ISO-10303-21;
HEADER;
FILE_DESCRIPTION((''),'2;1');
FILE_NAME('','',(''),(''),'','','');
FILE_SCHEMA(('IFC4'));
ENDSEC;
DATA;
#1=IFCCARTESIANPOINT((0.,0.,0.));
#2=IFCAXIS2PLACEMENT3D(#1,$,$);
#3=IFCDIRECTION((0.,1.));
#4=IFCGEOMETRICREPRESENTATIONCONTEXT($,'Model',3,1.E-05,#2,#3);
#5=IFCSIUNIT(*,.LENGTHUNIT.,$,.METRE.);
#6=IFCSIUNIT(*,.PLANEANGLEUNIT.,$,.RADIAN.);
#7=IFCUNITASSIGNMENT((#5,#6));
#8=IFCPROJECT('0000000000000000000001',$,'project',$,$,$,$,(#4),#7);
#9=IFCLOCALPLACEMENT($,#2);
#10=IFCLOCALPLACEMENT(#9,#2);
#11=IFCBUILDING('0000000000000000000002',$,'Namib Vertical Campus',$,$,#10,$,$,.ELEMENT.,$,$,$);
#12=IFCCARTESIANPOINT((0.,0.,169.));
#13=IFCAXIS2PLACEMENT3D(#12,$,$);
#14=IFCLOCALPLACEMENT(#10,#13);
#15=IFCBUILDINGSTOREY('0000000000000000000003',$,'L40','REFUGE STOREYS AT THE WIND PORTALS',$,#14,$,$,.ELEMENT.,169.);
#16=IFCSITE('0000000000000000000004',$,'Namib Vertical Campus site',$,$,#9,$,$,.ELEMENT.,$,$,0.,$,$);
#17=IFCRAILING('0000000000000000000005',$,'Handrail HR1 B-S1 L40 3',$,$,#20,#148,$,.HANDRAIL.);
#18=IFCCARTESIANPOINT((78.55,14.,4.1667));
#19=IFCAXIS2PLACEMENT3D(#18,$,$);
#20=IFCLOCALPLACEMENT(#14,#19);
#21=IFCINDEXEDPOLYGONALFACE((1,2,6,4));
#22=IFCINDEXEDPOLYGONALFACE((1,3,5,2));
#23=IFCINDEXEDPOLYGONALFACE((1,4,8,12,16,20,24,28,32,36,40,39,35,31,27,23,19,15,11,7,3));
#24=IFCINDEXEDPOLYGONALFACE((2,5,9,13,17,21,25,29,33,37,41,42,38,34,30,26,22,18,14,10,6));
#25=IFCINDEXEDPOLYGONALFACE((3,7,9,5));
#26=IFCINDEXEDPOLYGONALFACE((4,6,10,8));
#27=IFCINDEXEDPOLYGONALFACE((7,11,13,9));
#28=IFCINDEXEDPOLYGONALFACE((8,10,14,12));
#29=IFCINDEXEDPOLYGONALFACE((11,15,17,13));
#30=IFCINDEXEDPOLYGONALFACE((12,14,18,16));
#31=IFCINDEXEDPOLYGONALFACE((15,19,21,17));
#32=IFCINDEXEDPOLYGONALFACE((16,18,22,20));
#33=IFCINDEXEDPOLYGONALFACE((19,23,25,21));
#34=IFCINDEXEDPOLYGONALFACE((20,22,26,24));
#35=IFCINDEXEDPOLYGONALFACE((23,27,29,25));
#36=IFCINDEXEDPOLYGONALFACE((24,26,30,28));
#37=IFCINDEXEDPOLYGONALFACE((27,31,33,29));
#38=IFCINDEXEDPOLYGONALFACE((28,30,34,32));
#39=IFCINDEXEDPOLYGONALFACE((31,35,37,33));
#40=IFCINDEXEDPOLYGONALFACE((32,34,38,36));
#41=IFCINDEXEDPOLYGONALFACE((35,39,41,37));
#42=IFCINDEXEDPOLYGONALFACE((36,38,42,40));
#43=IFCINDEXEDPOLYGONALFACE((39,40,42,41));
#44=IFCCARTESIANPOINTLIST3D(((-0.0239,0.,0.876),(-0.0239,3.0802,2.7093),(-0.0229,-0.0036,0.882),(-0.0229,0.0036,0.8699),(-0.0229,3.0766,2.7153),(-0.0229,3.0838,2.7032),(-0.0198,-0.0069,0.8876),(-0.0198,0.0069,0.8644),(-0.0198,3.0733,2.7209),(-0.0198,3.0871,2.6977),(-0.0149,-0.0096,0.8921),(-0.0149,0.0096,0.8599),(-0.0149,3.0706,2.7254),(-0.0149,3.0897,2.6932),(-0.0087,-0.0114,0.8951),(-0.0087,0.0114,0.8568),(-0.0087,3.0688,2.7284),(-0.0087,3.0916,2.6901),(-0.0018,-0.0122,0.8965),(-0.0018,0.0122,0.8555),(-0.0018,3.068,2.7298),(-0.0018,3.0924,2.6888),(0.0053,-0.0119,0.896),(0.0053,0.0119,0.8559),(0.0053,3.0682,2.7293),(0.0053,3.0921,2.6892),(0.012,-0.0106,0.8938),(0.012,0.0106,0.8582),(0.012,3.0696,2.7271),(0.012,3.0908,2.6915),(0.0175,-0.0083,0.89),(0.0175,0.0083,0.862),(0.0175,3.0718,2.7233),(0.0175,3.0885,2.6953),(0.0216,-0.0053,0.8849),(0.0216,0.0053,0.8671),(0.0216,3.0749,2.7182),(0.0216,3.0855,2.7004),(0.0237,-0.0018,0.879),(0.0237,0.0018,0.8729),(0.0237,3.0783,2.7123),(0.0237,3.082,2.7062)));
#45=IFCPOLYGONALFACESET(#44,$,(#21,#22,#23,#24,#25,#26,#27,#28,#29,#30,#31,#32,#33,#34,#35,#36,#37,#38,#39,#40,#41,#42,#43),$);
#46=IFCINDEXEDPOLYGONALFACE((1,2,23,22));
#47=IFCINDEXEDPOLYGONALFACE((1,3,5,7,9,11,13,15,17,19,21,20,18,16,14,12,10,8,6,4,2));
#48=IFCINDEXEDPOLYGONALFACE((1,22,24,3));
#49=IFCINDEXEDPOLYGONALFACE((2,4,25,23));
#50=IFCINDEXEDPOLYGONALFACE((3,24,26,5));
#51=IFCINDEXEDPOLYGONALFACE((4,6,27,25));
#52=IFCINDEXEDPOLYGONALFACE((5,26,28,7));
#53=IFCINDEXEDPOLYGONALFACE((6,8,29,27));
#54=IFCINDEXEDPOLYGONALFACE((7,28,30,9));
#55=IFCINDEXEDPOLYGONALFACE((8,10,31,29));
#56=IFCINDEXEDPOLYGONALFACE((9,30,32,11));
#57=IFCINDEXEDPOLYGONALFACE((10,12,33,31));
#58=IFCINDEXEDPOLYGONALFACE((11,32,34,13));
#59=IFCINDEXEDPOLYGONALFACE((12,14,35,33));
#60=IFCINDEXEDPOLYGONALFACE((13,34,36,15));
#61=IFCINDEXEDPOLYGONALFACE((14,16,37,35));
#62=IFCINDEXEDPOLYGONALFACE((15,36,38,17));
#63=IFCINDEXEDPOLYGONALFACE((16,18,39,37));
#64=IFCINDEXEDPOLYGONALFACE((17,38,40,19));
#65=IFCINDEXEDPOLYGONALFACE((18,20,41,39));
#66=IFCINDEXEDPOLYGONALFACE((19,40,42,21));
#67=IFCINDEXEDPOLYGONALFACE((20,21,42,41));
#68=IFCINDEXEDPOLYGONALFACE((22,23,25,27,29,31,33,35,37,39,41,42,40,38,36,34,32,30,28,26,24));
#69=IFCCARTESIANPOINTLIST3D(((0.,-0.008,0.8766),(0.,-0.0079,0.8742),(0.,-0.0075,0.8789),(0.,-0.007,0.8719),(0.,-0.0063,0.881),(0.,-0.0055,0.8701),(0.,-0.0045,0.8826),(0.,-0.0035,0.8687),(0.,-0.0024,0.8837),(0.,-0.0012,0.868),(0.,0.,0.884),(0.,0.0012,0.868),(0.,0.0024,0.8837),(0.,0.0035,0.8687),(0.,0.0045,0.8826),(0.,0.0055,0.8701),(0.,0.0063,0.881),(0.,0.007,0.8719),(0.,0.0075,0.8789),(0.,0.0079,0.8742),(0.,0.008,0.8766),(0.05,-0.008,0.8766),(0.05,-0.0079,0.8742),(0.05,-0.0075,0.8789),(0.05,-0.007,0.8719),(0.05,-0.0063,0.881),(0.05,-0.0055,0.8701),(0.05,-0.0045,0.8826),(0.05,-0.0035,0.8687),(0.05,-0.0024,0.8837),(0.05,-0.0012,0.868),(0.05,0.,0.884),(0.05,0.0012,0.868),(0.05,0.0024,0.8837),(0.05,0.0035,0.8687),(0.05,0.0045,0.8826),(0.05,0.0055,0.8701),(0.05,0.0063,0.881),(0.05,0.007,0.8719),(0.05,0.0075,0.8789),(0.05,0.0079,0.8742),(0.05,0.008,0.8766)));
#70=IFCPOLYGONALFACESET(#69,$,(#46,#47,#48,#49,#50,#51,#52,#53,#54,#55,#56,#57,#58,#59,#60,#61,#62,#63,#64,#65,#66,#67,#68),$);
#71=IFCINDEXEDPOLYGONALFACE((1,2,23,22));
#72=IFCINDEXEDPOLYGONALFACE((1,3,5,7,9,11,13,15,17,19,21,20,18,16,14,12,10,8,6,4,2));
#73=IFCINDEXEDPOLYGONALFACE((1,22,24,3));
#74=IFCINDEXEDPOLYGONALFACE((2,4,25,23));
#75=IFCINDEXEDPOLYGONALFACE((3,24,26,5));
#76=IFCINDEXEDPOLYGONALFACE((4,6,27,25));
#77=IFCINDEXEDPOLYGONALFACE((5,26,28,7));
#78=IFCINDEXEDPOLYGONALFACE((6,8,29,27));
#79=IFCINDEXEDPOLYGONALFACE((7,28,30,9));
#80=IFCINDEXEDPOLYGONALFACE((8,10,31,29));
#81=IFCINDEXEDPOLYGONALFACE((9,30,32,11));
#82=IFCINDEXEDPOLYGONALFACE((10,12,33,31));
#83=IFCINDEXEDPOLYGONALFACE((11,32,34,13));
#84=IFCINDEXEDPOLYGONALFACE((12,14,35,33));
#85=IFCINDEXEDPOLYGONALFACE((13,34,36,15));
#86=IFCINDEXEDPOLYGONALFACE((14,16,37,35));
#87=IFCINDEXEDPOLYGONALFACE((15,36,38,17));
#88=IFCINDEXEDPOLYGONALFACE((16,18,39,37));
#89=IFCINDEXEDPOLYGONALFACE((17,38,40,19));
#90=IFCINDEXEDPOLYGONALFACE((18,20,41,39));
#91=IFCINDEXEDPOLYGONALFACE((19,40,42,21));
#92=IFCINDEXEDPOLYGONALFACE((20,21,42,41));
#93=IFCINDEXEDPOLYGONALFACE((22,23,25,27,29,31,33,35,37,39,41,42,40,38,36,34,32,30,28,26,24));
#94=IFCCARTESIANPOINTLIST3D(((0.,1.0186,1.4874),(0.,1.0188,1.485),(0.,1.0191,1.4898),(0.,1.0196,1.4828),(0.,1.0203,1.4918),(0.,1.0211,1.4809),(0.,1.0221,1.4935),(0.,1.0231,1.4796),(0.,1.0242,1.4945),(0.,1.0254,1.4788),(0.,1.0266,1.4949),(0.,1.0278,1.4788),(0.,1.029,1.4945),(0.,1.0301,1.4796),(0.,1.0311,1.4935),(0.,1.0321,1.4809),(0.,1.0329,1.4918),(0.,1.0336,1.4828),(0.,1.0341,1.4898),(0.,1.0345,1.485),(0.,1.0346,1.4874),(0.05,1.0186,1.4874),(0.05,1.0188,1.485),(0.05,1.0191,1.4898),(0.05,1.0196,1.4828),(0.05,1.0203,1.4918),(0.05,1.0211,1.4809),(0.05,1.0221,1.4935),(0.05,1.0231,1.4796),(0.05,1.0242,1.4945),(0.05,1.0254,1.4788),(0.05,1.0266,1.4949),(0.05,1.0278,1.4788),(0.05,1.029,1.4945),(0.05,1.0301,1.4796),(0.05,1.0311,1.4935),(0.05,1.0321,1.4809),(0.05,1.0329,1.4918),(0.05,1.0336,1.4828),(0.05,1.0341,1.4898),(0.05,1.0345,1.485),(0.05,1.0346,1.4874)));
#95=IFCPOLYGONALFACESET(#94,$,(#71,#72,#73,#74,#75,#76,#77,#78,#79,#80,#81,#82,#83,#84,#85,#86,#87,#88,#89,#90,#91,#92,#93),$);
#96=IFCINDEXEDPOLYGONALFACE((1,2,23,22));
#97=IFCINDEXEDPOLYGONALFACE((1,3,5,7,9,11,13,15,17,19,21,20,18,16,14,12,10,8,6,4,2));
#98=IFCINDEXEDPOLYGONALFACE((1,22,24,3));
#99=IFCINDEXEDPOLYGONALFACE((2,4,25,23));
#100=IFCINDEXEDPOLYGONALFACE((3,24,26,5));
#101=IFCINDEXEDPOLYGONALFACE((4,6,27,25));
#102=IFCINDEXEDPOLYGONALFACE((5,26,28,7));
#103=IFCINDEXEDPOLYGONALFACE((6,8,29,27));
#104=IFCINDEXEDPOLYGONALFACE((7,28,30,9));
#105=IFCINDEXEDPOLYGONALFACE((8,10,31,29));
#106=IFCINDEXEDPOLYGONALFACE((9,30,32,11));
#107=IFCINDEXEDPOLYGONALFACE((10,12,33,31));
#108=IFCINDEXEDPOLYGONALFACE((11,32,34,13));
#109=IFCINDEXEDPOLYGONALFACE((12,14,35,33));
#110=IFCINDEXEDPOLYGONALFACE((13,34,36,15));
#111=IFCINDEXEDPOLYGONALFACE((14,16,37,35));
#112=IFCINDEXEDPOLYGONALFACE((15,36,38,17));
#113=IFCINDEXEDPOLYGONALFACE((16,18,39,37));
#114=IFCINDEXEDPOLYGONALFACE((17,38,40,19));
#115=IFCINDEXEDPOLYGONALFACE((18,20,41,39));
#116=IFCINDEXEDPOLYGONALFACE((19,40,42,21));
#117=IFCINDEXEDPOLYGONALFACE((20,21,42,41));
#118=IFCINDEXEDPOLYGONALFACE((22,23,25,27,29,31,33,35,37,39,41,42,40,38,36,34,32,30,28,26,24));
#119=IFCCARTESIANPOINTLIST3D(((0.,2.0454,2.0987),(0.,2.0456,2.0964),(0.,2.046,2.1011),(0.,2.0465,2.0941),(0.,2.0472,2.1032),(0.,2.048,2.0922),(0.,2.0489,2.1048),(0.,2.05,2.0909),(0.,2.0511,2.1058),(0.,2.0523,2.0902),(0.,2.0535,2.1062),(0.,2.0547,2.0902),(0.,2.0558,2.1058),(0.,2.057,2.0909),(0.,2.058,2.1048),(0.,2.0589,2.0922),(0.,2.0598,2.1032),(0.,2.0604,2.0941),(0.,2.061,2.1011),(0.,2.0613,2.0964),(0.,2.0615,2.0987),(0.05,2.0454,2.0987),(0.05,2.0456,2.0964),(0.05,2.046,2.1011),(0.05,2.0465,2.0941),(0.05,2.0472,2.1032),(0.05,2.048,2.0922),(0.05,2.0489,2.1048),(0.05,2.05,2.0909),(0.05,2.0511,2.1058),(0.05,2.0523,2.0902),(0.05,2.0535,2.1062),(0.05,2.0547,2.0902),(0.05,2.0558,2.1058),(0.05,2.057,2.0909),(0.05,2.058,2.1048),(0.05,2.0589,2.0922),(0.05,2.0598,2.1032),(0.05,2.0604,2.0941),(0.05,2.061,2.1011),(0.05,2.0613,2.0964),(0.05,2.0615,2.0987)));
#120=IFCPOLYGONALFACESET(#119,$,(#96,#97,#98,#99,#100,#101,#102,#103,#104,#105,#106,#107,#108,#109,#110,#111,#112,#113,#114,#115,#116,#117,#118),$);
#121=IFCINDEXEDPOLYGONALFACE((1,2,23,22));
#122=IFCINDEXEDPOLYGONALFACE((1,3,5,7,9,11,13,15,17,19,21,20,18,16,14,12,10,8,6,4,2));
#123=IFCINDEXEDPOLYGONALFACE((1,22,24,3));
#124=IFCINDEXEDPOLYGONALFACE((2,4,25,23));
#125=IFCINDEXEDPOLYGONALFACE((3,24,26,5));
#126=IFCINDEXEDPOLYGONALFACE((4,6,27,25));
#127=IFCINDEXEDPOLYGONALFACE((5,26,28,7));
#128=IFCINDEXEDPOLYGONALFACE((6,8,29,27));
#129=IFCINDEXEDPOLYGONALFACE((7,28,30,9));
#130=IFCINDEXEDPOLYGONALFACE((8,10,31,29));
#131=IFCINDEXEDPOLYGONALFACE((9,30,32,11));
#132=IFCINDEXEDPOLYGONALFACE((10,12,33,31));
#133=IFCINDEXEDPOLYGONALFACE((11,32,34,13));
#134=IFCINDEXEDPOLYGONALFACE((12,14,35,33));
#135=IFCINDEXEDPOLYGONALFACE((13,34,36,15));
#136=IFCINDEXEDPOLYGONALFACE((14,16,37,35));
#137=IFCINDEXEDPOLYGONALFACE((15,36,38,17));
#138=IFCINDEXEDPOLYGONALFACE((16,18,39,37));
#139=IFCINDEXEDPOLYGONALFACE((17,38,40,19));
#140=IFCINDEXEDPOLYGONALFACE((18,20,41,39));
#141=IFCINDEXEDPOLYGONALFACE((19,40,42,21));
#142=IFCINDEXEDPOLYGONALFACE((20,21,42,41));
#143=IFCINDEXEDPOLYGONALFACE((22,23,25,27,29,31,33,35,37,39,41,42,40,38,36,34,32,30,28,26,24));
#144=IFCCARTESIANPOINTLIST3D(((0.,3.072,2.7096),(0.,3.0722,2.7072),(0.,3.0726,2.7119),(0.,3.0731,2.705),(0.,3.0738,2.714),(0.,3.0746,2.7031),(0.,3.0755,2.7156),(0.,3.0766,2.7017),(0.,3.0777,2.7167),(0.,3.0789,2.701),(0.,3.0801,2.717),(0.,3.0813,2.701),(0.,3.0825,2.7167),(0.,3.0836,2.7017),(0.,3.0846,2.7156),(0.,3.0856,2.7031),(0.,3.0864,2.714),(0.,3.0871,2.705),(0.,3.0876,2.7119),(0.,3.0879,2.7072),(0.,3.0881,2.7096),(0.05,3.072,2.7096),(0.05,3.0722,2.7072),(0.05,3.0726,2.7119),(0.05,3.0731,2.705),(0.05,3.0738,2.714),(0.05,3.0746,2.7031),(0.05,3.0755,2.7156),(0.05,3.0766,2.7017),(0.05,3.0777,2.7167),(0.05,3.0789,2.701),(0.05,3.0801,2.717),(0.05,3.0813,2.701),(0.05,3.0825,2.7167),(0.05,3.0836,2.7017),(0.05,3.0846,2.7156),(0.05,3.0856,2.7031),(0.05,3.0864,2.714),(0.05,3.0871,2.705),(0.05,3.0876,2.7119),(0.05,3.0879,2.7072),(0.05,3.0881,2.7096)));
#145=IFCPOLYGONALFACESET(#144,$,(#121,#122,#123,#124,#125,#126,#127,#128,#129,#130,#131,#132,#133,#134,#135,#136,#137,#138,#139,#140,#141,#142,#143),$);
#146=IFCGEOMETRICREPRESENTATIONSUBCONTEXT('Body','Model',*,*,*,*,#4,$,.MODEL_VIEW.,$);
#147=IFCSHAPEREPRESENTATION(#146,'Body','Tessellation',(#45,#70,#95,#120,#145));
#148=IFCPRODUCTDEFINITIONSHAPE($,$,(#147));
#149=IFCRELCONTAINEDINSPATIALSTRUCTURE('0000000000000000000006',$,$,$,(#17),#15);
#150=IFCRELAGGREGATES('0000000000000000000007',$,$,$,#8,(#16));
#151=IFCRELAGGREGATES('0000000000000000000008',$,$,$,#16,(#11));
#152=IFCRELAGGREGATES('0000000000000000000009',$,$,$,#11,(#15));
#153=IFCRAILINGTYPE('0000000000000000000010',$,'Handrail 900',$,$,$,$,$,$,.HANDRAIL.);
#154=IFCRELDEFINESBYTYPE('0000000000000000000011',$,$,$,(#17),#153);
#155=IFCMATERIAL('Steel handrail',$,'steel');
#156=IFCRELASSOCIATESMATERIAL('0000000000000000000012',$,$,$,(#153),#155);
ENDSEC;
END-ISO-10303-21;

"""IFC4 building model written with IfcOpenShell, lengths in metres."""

from ifc_helpers import new_model, si_unit, direction, frame, origin, origin_2d, place, context, subcontext, project, spatial, circle, extrude, material, type_object, element, save


model = new_model("IFC4")

# Units and contexts
model_context = context("Model", 3, precision=1e-05, world=origin(), true_north=direction((0.0, 1.0)))
body_context = subcontext(model_context, "Body", "Model", "MODEL_VIEW")
ifc_project = project(units=[si_unit("LENGTHUNIT", "METRE"), si_unit("PLANEANGLEUNIT", "RADIAN")], contexts=[model_context])

# Site, building, storey
site_placement = place(None, origin())
site = spatial("IfcSite", under=ifc_project, at=site_placement, Name="Namib Vertical Campus site", CompositionType="ELEMENT", RefElevation=0.0)
building_placement = place(site_placement, origin())
building = spatial("IfcBuilding", under=site, at=building_placement, Name="Namib Vertical Campus", CompositionType="ELEMENT")
storey_placement = place(building_placement, frame((0.0, 0.0, 169.0)))
storey = spatial("IfcBuildingStorey", under=building, at=storey_placement, Name="L40", Description="REFUGE STOREYS AT THE WIND PORTALS", CompositionType="ELEMENT", Elevation=169.0)

# Railing
ifc_material_1 = material(Name="Steel handrail", Category="steel")
railing_type_1 = type_object("IfcRailingType", Name="Handrail 900", PredefinedType="HANDRAIL", material=ifc_material_1)
railing_1_placement = place(storey_placement, frame((78.55, 14.0, 4.1667)))
element("IfcRailing", 1, at=railing_1_placement, inside=storey, type_object=railing_type_1, Name="Handrail HR1 B-S1 L40 3", PredefinedType="HANDRAIL", context=body_context, shape_type="SweptSolid", body=[
    extrude(circle(Radius=0.0239, at=origin_2d()), frame((0.0, 0.0, 0.876), z_axis=(0.0, 0.859309, 0.511458), x_axis=(-1.0, 0.0, 0.0)), (0.0, 0.0, 1.0), 3.5845),
    extrude(circle(Radius=0.0081, at=origin_2d()), frame((0.0, 0.0, 0.876), z_axis=(1.0, 0.0, 0.0), x_axis=(0.0, 0.0, 1.0)), (0.0, 0.0, 1.0), 0.05),
    extrude(circle(Radius=0.0081, at=origin_2d()), frame((0.0, 1.0266, 1.4868), z_axis=(1.0, 0.0, 0.0), x_axis=(0.0, 0.0, 1.0)), (0.0, 0.0, 1.0), 0.05),
    extrude(circle(Radius=0.0081, at=origin_2d()), frame((0.0, 2.0535, 2.0981), z_axis=(1.0, 0.0, 0.0), x_axis=(0.0, 0.0, 1.0)), (0.0, 0.0, 1.0), 0.05),
    extrude(circle(Radius=0.0081, at=origin_2d()), frame((0.0, 3.0801, 2.709), z_axis=(1.0, 0.0, 0.0), x_axis=(0.0, 0.0, 1.0)), (0.0, 0.0, 1.0), 0.05),
])

save(model, "model.ifc")
